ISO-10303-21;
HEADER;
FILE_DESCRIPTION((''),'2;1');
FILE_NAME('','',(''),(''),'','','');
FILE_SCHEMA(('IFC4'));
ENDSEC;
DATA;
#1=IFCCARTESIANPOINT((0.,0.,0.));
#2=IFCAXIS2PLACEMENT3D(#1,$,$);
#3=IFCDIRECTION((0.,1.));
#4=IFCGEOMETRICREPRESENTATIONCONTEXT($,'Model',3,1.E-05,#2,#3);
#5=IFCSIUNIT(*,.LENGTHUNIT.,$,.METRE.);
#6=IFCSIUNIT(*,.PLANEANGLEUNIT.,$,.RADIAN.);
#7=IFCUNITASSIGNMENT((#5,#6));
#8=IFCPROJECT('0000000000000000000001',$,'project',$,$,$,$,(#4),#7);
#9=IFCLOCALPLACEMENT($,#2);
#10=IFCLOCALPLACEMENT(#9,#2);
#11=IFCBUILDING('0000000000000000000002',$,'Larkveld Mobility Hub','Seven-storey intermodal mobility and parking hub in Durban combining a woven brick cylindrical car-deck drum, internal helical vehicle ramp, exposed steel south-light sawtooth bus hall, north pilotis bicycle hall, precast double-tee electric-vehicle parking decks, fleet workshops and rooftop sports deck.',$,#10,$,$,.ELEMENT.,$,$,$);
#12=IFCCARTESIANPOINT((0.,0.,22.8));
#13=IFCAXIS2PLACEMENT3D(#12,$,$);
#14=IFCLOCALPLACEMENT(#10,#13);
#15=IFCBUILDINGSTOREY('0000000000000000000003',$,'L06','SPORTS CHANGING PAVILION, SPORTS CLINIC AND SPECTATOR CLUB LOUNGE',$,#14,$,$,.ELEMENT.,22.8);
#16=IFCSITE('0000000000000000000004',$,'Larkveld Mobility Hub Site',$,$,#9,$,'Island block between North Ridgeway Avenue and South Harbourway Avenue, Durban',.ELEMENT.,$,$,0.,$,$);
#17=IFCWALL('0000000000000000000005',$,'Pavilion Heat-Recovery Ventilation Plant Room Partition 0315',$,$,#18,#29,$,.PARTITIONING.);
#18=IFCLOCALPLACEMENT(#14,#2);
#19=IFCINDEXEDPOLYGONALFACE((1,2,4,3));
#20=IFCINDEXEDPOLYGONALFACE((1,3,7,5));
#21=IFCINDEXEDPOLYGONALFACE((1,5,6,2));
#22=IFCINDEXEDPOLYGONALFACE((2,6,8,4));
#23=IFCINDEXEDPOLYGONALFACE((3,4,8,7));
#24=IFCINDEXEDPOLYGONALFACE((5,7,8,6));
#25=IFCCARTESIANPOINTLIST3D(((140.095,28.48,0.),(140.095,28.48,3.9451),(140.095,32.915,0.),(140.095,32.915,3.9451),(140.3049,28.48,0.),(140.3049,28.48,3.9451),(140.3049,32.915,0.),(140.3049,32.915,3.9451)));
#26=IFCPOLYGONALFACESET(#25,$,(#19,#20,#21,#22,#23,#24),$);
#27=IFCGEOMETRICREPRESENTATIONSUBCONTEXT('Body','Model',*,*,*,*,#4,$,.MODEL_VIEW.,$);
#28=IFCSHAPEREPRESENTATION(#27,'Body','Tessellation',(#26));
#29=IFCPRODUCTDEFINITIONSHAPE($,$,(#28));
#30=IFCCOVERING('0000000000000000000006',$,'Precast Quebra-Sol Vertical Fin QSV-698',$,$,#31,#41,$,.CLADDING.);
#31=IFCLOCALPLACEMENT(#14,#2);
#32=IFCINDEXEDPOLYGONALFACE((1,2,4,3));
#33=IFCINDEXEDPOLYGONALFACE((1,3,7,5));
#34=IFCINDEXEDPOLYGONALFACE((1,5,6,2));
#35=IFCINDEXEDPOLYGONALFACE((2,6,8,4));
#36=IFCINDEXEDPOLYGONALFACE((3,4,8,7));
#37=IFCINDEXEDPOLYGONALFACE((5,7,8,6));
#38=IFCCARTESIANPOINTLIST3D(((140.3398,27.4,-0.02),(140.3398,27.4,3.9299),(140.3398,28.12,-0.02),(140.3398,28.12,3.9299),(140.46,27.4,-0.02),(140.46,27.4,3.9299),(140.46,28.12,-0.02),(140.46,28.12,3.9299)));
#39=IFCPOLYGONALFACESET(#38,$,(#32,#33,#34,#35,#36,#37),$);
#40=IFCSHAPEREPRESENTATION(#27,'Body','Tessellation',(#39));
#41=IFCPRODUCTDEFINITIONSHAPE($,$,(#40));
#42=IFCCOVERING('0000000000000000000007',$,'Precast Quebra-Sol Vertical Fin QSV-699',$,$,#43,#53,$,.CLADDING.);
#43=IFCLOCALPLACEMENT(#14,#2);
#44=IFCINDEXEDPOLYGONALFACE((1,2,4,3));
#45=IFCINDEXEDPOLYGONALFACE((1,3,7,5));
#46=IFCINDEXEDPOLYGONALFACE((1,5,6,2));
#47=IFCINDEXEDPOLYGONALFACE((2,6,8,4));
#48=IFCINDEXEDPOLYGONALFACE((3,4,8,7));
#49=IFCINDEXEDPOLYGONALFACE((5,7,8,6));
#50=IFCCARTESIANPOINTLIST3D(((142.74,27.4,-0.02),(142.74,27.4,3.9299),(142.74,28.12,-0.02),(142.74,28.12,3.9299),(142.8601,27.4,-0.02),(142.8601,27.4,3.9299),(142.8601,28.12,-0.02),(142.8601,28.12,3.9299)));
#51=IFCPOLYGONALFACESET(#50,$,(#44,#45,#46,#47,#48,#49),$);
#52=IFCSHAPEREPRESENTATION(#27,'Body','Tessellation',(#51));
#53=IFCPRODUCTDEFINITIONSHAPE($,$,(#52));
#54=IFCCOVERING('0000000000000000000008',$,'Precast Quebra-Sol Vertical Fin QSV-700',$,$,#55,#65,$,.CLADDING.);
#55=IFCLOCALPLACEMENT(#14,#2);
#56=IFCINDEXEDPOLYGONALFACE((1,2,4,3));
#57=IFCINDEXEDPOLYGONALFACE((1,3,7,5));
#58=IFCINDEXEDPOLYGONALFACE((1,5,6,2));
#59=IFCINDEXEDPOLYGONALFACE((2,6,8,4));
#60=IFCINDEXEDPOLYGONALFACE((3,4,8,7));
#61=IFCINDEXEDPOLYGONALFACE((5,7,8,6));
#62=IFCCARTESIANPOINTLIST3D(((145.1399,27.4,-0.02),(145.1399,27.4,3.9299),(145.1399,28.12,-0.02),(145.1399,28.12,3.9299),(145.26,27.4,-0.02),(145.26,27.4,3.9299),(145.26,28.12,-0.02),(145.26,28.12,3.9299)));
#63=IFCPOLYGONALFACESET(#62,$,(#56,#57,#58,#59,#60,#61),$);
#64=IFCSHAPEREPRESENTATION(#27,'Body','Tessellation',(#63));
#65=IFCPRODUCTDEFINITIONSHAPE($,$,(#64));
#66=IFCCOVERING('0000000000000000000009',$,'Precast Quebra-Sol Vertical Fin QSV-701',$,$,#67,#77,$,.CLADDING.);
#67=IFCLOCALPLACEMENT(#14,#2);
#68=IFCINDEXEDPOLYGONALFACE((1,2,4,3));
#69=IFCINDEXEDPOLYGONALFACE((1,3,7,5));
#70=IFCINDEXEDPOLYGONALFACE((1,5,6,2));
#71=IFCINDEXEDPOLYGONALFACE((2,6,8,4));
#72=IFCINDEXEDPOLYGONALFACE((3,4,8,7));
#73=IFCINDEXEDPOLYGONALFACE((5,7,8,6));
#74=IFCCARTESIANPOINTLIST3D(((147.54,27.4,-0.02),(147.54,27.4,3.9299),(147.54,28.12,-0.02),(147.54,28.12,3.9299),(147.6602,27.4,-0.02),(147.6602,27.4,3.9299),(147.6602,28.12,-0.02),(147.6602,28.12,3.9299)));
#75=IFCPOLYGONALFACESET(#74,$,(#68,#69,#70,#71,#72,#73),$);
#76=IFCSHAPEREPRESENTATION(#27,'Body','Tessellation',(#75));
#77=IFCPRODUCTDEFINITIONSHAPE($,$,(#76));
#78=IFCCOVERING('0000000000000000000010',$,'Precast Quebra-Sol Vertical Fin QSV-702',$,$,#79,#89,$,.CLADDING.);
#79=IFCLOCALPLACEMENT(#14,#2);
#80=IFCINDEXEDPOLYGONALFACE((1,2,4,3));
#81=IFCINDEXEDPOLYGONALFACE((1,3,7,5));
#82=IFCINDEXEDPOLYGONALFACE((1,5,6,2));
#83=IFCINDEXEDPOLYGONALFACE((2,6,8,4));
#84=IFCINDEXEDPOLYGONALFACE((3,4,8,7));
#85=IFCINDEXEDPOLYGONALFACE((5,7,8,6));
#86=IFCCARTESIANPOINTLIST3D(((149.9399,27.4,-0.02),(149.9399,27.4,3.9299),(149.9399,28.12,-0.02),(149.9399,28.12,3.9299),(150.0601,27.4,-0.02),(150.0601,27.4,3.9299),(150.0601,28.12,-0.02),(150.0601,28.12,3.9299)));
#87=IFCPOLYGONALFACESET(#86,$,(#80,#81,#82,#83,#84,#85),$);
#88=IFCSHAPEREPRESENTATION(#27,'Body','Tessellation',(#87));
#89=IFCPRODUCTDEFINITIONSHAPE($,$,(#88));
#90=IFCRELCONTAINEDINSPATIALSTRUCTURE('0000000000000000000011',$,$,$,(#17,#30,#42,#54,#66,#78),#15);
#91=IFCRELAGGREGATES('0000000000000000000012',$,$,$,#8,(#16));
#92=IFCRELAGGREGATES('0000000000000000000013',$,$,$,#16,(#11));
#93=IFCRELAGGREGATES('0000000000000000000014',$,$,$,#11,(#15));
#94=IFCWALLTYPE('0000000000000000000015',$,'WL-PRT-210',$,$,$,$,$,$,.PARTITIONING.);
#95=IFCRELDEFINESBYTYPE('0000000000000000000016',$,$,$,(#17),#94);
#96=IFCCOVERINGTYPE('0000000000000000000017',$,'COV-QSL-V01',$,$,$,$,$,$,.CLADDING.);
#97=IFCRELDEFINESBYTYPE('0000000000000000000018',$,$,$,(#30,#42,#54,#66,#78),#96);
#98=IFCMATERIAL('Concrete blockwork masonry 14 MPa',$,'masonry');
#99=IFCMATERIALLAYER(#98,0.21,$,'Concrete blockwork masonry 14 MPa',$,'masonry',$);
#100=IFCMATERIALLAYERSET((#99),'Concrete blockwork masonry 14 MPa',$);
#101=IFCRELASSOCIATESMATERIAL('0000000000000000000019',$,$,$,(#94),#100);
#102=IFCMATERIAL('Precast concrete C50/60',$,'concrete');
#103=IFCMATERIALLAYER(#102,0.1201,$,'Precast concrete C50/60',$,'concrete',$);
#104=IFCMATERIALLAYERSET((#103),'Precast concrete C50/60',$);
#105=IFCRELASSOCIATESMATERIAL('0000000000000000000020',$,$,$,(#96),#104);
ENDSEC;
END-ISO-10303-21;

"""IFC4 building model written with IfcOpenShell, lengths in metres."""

from ifc_helpers import new_model, si_unit, direction, frame, frame_2d, origin, origin_2d, place, context, subcontext, project, spatial, rectangle, extrude, material, layer, layer_set, type_object, element, save


model = new_model("IFC4")

# Units and contexts
model_context = context("Model", 3, precision=1e-05, world=origin(), true_north=direction((0.0, 1.0)))
body_context = subcontext(model_context, "Body", "Model", "MODEL_VIEW")
ifc_project = project(units=[si_unit("LENGTHUNIT", "METRE"), si_unit("PLANEANGLEUNIT", "RADIAN")], contexts=[model_context])

# Site, building, storey
site_placement = place(None, origin())
site = spatial("IfcSite", under=ifc_project, at=site_placement, Name="Larkveld Mobility Hub Site", LongName="Island block between North Ridgeway Avenue and South Harbourway Avenue, Durban", CompositionType="ELEMENT", RefElevation=0.0)
building_placement = place(site_placement, origin())
building = spatial("IfcBuilding", under=site, at=building_placement, Name="Larkveld Mobility Hub", Description="Seven-storey intermodal mobility and parking hub in Durban combining a woven brick cylindrical car-deck drum, internal helical vehicle ramp, exposed steel south-light sawtooth bus hall, north pilotis bicycle hall, precast double-tee electric-vehicle parking decks, fleet workshops and rooftop sports deck.", CompositionType="ELEMENT")
storey_placement = place(building_placement, frame((0.0, 0.0, 22.8)))
storey = spatial("IfcBuildingStorey", under=building, at=storey_placement, Name="L06", Description="SPORTS CHANGING PAVILION, SPORTS CLINIC AND SPECTATOR CLUB LOUNGE", CompositionType="ELEMENT", Elevation=22.8)

# Wall
ifc_material_1 = material(Name="Concrete blockwork masonry 14 MPa", Category="masonry")
ifc_layer_1 = layer(ifc_material_1, 0.21, Name="Concrete blockwork masonry 14 MPa", Category="masonry")
ifc_layer_set_1 = layer_set([ifc_layer_1], Name="Concrete blockwork masonry 14 MPa")
wall_type_1 = type_object("IfcWallType", Name="WL-PRT-210", PredefinedType="PARTITIONING", material=ifc_layer_set_1)
wall_1_placement = place(storey_placement, frame((140.2, 28.48, 0.0), z_axis=(0.0, 0.0, 1.0), x_axis=(0.0, 1.0, 0.0)))
element("IfcWall", 1, at=wall_1_placement, inside=storey, type_object=wall_type_1, Name="Pavilion Heat-Recovery Ventilation Plant Room Partition 0315", PredefinedType="PARTITIONING", context=body_context, shape_type="SweptSolid", body=[
    extrude(rectangle(XDim=4.4351, YDim=0.21, at=frame_2d((2.2175, 0.0))), origin(), (0.0, 0.0, 1.0), 3.9451),
])

# Coverings
ifc_material_2 = material(Name="Precast concrete C50/60", Category="concrete")
ifc_layer_2 = layer(ifc_material_2, 0.1201, Name="Precast concrete C50/60", Category="concrete")
ifc_layer_set_2 = layer_set([ifc_layer_2], Name="Precast concrete C50/60")
covering_type = type_object("IfcCoveringType", Name="COV-QSL-V01", PredefinedType="CLADDING", material=ifc_layer_set_2)
for number, where, z_axis, x_axis, name in (
    (2, (140.3999, 27.76, -0.02), (0.0, 0.0, 1.0), (1.0, 0.0, 0.0), "Precast Quebra-Sol Vertical Fin QSV-698"),
    (3, (142.8, 27.76, -0.02), (0.0, 0.0, 1.0), (1.0, 0.0, 0.0), "Precast Quebra-Sol Vertical Fin QSV-699"),
    (4, (145.2, 27.76, -0.02), (0.0, 0.0, 1.0), (1.0, 0.0, 0.0), "Precast Quebra-Sol Vertical Fin QSV-700"),
    (5, (147.6001, 27.76, -0.02), (0.0, 0.0, 1.0), (1.0, 0.0, 0.0), "Precast Quebra-Sol Vertical Fin QSV-701"),
    (6, (150.0, 27.76, -0.02), (0.0, 0.0, 1.0), (1.0, 0.0, 0.0), "Precast Quebra-Sol Vertical Fin QSV-702"),
):
    element("IfcCovering", number, at=place(storey_placement, frame(where, z_axis=z_axis, x_axis=x_axis)), inside=storey, type_object=covering_type, Name=name, PredefinedType="CLADDING", context=body_context, shape_type="SweptSolid", body=[
        extrude(rectangle(XDim=0.1201, YDim=0.72, at=origin_2d()), origin(), (0.0, 0.0, 1.0), 3.95),
    ])

save(model, "model.ifc")
